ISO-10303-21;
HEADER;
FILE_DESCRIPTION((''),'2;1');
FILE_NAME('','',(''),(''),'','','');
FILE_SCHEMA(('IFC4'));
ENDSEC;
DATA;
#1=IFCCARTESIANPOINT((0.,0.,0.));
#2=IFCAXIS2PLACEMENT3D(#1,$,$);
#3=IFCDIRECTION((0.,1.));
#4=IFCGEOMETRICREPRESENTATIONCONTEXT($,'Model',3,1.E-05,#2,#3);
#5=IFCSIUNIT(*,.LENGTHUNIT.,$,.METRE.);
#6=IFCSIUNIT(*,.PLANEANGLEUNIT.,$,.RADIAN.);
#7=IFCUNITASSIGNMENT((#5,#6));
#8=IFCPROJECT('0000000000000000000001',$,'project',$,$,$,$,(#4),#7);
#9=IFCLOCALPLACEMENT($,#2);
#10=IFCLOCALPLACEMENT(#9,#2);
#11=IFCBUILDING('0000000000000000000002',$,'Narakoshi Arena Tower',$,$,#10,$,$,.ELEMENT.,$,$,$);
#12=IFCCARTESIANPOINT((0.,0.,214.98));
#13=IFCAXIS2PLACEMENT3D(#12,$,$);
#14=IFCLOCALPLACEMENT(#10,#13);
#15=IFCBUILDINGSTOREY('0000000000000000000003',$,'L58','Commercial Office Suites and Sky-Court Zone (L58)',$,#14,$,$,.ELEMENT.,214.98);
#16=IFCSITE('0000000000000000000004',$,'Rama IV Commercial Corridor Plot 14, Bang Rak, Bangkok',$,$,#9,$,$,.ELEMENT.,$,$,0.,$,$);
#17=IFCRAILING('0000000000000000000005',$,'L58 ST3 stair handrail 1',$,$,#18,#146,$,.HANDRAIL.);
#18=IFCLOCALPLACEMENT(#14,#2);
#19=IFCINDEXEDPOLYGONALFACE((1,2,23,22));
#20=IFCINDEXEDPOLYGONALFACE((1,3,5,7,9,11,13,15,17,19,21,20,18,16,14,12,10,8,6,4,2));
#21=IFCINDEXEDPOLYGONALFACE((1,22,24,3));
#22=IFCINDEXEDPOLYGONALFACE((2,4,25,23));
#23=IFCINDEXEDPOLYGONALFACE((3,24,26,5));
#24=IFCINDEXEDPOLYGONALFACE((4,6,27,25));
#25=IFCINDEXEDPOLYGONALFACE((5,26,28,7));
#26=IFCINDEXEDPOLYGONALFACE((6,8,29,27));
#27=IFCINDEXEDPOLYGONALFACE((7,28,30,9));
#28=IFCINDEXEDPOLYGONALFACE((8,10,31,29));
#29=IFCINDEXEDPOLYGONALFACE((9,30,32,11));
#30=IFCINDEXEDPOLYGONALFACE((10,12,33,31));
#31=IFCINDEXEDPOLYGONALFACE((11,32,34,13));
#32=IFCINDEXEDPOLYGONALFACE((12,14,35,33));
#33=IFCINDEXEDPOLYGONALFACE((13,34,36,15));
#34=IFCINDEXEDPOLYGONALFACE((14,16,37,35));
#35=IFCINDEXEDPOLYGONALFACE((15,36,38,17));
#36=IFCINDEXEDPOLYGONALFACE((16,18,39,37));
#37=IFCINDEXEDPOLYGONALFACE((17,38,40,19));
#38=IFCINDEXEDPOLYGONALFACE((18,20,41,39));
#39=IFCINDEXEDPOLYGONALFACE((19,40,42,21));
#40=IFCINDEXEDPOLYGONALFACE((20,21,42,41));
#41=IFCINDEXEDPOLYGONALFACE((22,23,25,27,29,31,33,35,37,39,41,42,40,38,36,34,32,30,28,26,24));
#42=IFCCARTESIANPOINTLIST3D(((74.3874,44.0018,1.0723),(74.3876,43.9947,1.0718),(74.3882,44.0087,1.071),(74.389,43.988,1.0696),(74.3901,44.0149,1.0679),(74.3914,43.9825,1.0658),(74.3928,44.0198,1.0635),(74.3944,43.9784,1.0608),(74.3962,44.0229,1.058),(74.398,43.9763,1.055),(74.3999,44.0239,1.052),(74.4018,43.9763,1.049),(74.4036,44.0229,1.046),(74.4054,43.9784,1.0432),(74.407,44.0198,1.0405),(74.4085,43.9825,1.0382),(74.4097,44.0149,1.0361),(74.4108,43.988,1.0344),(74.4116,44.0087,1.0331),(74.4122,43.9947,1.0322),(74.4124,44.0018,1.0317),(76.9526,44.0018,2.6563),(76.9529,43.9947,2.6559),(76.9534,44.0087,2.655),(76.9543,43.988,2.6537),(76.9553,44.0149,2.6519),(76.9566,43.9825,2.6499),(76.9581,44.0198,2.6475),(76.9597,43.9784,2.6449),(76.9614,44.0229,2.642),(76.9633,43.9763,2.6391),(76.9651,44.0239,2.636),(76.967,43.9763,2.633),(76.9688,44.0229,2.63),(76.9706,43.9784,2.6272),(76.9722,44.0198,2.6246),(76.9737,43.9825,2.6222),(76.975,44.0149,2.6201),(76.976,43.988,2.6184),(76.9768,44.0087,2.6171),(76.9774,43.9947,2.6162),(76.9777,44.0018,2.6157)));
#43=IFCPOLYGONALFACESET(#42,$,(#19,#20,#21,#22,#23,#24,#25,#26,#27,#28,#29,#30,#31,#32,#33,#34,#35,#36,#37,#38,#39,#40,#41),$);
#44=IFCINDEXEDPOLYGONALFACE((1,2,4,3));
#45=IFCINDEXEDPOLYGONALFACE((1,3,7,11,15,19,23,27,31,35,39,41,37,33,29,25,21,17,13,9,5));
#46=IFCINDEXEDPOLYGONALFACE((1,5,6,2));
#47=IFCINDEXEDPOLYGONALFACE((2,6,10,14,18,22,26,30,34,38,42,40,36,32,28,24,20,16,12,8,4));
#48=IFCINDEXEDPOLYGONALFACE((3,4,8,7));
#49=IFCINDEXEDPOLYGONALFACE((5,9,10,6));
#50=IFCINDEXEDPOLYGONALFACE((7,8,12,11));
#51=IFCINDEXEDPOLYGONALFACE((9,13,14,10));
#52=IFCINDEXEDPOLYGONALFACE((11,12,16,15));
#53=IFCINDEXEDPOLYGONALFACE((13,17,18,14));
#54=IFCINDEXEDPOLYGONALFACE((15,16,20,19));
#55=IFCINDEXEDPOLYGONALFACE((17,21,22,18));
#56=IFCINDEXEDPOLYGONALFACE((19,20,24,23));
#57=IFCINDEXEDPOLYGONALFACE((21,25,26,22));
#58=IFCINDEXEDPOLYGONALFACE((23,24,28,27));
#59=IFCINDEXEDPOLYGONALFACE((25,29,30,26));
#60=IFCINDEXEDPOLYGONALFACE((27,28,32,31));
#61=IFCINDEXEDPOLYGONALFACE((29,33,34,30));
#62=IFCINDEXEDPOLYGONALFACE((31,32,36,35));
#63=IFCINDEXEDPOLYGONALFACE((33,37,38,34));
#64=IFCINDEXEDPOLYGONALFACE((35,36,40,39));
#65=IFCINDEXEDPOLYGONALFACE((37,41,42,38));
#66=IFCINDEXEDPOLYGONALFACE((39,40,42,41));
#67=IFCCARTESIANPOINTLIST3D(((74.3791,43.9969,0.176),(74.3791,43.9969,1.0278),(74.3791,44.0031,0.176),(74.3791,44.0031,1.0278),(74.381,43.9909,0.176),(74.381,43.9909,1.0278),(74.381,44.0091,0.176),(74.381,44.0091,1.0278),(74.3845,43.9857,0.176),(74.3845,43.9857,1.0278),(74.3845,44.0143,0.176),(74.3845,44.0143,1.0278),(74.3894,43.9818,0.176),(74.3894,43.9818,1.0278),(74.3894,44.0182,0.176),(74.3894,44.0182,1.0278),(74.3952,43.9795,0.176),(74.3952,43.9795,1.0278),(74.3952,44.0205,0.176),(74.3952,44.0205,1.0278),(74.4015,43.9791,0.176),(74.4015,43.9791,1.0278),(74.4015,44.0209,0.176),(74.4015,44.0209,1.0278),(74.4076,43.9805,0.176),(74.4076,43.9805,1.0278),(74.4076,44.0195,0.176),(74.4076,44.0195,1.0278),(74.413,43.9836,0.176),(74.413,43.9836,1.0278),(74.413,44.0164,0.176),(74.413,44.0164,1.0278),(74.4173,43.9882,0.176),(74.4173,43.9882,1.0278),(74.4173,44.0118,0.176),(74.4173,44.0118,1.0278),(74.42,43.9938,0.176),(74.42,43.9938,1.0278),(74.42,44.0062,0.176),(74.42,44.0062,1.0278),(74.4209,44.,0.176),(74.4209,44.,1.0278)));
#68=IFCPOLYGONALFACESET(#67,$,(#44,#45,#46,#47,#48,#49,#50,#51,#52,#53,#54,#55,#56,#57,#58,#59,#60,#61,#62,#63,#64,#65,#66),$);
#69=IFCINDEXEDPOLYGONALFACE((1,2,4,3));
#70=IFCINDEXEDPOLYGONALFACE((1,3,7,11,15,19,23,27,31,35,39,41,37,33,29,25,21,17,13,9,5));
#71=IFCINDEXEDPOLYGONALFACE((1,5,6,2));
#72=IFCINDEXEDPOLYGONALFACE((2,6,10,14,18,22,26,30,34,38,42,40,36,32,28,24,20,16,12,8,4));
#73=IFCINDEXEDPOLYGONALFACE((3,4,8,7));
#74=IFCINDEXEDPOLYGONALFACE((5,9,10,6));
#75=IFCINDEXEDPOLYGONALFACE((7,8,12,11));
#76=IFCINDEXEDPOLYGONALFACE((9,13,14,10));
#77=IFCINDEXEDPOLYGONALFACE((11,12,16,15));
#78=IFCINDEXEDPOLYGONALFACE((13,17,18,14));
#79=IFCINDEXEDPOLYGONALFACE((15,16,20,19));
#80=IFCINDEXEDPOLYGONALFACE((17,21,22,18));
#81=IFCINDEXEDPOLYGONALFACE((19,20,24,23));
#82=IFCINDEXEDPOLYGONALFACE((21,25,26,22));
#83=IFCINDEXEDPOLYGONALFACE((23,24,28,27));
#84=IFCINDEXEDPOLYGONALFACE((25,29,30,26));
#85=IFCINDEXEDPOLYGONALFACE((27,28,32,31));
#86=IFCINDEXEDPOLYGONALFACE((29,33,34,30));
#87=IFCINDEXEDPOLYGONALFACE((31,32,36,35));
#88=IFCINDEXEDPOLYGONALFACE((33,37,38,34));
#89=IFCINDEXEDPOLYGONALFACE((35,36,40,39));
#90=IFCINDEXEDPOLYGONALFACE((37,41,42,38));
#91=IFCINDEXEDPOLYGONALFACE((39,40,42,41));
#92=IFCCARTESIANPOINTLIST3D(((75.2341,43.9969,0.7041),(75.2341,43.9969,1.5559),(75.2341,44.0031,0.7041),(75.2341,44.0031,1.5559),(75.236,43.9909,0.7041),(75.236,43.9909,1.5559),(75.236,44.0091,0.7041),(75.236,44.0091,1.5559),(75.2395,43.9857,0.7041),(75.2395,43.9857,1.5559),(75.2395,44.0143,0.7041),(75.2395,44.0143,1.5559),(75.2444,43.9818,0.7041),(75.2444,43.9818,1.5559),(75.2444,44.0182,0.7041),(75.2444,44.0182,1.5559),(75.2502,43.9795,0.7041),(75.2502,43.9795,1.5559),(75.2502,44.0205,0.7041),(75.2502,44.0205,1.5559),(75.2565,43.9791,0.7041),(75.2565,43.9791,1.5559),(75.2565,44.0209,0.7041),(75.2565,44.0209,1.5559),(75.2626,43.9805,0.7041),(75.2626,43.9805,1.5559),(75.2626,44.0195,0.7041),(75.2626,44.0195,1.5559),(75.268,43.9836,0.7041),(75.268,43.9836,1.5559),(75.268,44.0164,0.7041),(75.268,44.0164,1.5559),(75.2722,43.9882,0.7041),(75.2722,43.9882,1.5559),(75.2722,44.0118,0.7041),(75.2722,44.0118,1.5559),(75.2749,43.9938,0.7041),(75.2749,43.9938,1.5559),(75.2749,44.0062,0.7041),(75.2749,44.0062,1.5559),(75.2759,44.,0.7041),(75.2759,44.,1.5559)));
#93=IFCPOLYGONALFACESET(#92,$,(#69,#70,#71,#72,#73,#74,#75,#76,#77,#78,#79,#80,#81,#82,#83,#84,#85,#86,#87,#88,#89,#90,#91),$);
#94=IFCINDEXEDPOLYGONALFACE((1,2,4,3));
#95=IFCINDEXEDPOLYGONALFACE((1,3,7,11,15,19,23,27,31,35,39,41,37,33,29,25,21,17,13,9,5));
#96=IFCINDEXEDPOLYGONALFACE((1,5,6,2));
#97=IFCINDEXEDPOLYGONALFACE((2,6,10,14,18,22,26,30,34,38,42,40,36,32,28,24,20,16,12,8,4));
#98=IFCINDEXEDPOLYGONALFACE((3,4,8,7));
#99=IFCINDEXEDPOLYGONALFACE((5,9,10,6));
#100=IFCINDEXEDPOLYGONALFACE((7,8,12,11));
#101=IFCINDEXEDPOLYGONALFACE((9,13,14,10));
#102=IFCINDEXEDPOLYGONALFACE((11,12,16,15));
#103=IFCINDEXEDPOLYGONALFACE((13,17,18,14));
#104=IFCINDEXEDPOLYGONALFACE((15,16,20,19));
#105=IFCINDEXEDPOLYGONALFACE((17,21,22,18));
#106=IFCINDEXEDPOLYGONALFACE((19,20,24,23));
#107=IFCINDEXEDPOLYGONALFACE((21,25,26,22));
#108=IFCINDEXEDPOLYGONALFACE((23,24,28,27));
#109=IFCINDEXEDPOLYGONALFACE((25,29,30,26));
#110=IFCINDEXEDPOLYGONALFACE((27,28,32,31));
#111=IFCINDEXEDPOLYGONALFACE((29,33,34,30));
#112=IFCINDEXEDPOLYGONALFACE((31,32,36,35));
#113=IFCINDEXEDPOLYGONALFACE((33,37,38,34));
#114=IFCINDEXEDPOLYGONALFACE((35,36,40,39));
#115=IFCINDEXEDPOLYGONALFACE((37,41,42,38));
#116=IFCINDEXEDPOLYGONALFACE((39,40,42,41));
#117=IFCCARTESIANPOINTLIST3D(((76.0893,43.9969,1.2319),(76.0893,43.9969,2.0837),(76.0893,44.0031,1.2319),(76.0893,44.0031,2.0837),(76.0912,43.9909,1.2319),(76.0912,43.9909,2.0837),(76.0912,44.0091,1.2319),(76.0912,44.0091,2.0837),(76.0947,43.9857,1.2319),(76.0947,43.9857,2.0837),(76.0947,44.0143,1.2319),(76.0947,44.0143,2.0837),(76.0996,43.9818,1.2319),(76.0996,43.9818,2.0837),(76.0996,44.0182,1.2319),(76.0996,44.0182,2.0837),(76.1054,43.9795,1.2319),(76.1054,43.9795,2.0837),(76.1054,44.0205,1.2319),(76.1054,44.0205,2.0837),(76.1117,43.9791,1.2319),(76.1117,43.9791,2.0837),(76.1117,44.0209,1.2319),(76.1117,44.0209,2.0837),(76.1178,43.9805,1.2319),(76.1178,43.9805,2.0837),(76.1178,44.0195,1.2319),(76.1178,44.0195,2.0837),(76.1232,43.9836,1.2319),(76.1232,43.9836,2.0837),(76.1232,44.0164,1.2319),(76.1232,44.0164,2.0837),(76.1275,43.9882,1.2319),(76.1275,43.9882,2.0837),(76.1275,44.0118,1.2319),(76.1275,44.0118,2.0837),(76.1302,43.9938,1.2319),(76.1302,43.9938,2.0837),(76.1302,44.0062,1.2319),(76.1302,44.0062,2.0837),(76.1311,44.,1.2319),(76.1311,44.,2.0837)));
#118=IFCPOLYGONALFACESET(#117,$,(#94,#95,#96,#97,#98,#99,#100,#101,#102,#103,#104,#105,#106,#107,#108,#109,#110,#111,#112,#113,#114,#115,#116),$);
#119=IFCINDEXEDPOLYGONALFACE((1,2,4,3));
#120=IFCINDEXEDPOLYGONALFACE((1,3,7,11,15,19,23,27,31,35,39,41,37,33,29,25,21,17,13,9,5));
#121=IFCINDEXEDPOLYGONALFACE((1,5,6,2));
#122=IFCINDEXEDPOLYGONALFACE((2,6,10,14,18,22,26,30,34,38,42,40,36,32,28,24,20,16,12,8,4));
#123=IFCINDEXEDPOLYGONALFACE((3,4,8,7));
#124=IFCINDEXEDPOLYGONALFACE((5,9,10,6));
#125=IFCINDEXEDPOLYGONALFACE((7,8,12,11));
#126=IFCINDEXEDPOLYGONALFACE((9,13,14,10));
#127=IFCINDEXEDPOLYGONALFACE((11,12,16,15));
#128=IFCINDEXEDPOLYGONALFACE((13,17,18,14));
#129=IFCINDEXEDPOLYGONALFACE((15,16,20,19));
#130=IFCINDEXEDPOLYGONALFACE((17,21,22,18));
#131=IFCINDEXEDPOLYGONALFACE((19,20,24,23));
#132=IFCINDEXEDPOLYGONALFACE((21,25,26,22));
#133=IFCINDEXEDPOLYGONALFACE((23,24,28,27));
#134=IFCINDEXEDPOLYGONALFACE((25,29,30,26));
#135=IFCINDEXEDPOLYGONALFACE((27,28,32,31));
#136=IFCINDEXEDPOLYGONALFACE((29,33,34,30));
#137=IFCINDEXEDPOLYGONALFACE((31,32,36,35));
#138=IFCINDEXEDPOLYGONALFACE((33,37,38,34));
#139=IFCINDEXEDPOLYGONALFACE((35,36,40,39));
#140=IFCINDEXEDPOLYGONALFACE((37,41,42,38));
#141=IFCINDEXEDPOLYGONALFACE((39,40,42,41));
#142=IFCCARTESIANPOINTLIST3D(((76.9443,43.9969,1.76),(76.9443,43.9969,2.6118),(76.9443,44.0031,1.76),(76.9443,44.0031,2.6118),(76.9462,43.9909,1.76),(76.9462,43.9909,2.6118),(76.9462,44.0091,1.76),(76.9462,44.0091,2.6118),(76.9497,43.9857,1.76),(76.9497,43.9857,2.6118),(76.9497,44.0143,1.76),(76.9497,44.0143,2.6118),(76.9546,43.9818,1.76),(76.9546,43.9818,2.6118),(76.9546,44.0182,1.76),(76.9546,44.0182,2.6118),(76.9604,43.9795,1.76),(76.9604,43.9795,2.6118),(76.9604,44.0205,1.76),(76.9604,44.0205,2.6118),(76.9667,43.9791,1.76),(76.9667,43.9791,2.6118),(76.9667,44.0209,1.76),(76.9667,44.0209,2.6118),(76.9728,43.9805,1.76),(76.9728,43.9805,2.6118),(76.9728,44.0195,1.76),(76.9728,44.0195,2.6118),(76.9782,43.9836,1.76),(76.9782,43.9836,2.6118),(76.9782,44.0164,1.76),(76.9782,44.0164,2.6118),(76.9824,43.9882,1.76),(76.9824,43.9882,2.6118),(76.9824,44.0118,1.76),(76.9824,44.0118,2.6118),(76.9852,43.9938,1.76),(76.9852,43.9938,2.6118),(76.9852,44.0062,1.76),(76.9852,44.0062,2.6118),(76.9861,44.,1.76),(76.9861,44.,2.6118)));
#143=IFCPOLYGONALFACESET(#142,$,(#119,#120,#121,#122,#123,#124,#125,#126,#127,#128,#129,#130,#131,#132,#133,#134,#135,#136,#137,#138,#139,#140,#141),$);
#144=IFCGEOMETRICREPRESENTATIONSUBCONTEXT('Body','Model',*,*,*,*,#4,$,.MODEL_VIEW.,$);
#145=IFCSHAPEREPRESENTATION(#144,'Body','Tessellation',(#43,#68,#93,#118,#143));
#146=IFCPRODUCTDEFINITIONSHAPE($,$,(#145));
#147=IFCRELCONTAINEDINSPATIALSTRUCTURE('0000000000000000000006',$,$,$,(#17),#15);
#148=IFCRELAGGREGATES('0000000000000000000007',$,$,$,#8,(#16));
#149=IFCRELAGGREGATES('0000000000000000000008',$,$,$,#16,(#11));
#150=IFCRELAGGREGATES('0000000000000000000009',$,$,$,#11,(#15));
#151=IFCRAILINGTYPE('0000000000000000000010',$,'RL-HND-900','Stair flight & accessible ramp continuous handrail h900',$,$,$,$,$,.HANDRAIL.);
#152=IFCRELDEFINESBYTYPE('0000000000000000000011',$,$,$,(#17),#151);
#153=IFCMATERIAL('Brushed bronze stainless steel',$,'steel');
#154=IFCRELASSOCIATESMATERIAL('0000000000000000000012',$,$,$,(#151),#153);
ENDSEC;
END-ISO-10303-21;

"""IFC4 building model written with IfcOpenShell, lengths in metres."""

from ifc_helpers import new_model, si_unit, direction, frame, origin, origin_2d, place, context, subcontext, project, spatial, circle, extrude, material, type_object, element, save


model = new_model("IFC4")

# Units and contexts
model_context = context("Model", 3, precision=1e-05, world=origin(), true_north=direction((0.0, 1.0)))
body_context = subcontext(model_context, "Body", "Model", "MODEL_VIEW")
ifc_project = project(units=[si_unit("LENGTHUNIT", "METRE"), si_unit("PLANEANGLEUNIT", "RADIAN")], contexts=[model_context])

# Site, building, storey
site_placement = place(None, origin())
site = spatial("IfcSite", under=ifc_project, at=site_placement, Name="Rama IV Commercial Corridor Plot 14, Bang Rak, Bangkok", CompositionType="ELEMENT", RefElevation=0.0)
building_placement = place(site_placement, origin())
building = spatial("IfcBuilding", under=site, at=building_placement, Name="Narakoshi Arena Tower", CompositionType="ELEMENT")
storey_placement = place(building_placement, frame((0.0, 0.0, 214.98)))
storey = spatial("IfcBuildingStorey", under=building, at=storey_placement, Name="L58", Description="Commercial Office Suites and Sky-Court Zone (L58)", CompositionType="ELEMENT", Elevation=214.98)

# Railing
ifc_material_1 = material(Name="Brushed bronze stainless steel", Category="steel")
railing_type_1 = type_object("IfcRailingType", Name="RL-HND-900", Description="Stair flight & accessible ramp continuous handrail h900", PredefinedType="HANDRAIL", material=ifc_material_1)
railing_1_placement = place(storey_placement, frame((74.3999, 44.0, 0.176)))
element("IfcRailing", 1, at=railing_1_placement, inside=storey, type_object=railing_type_1, Name="L58 ST3 stair handrail 1", PredefinedType="HANDRAIL", context=body_context, shape_type="SweptSolid", body=[
    extrude(circle(Radius=0.0239, at=origin_2d()), frame((0.0, 0.0, 0.876), z_axis=(0.850857, 0.0, 0.525398), x_axis=(0.0, 1.0, 0.0)), (0.0, 0.0, 1.0), 3.0149),
    extrude(circle(Radius=0.021, at=origin_2d()), origin(), (0.0, 0.0, 1.0), 0.8518),
    extrude(circle(Radius=0.021, at=origin_2d()), frame((0.855, 0.0, 0.5281)), (0.0, 0.0, 1.0), 0.8518),
    extrude(circle(Radius=0.021, at=origin_2d()), frame((1.7102, 0.0, 1.0559)), (0.0, 0.0, 1.0), 0.8518),
    extrude(circle(Radius=0.021, at=origin_2d()), frame((2.5652, 0.0, 1.584)), (0.0, 0.0, 1.0), 0.8518),
])

save(model, "model.ifc")
